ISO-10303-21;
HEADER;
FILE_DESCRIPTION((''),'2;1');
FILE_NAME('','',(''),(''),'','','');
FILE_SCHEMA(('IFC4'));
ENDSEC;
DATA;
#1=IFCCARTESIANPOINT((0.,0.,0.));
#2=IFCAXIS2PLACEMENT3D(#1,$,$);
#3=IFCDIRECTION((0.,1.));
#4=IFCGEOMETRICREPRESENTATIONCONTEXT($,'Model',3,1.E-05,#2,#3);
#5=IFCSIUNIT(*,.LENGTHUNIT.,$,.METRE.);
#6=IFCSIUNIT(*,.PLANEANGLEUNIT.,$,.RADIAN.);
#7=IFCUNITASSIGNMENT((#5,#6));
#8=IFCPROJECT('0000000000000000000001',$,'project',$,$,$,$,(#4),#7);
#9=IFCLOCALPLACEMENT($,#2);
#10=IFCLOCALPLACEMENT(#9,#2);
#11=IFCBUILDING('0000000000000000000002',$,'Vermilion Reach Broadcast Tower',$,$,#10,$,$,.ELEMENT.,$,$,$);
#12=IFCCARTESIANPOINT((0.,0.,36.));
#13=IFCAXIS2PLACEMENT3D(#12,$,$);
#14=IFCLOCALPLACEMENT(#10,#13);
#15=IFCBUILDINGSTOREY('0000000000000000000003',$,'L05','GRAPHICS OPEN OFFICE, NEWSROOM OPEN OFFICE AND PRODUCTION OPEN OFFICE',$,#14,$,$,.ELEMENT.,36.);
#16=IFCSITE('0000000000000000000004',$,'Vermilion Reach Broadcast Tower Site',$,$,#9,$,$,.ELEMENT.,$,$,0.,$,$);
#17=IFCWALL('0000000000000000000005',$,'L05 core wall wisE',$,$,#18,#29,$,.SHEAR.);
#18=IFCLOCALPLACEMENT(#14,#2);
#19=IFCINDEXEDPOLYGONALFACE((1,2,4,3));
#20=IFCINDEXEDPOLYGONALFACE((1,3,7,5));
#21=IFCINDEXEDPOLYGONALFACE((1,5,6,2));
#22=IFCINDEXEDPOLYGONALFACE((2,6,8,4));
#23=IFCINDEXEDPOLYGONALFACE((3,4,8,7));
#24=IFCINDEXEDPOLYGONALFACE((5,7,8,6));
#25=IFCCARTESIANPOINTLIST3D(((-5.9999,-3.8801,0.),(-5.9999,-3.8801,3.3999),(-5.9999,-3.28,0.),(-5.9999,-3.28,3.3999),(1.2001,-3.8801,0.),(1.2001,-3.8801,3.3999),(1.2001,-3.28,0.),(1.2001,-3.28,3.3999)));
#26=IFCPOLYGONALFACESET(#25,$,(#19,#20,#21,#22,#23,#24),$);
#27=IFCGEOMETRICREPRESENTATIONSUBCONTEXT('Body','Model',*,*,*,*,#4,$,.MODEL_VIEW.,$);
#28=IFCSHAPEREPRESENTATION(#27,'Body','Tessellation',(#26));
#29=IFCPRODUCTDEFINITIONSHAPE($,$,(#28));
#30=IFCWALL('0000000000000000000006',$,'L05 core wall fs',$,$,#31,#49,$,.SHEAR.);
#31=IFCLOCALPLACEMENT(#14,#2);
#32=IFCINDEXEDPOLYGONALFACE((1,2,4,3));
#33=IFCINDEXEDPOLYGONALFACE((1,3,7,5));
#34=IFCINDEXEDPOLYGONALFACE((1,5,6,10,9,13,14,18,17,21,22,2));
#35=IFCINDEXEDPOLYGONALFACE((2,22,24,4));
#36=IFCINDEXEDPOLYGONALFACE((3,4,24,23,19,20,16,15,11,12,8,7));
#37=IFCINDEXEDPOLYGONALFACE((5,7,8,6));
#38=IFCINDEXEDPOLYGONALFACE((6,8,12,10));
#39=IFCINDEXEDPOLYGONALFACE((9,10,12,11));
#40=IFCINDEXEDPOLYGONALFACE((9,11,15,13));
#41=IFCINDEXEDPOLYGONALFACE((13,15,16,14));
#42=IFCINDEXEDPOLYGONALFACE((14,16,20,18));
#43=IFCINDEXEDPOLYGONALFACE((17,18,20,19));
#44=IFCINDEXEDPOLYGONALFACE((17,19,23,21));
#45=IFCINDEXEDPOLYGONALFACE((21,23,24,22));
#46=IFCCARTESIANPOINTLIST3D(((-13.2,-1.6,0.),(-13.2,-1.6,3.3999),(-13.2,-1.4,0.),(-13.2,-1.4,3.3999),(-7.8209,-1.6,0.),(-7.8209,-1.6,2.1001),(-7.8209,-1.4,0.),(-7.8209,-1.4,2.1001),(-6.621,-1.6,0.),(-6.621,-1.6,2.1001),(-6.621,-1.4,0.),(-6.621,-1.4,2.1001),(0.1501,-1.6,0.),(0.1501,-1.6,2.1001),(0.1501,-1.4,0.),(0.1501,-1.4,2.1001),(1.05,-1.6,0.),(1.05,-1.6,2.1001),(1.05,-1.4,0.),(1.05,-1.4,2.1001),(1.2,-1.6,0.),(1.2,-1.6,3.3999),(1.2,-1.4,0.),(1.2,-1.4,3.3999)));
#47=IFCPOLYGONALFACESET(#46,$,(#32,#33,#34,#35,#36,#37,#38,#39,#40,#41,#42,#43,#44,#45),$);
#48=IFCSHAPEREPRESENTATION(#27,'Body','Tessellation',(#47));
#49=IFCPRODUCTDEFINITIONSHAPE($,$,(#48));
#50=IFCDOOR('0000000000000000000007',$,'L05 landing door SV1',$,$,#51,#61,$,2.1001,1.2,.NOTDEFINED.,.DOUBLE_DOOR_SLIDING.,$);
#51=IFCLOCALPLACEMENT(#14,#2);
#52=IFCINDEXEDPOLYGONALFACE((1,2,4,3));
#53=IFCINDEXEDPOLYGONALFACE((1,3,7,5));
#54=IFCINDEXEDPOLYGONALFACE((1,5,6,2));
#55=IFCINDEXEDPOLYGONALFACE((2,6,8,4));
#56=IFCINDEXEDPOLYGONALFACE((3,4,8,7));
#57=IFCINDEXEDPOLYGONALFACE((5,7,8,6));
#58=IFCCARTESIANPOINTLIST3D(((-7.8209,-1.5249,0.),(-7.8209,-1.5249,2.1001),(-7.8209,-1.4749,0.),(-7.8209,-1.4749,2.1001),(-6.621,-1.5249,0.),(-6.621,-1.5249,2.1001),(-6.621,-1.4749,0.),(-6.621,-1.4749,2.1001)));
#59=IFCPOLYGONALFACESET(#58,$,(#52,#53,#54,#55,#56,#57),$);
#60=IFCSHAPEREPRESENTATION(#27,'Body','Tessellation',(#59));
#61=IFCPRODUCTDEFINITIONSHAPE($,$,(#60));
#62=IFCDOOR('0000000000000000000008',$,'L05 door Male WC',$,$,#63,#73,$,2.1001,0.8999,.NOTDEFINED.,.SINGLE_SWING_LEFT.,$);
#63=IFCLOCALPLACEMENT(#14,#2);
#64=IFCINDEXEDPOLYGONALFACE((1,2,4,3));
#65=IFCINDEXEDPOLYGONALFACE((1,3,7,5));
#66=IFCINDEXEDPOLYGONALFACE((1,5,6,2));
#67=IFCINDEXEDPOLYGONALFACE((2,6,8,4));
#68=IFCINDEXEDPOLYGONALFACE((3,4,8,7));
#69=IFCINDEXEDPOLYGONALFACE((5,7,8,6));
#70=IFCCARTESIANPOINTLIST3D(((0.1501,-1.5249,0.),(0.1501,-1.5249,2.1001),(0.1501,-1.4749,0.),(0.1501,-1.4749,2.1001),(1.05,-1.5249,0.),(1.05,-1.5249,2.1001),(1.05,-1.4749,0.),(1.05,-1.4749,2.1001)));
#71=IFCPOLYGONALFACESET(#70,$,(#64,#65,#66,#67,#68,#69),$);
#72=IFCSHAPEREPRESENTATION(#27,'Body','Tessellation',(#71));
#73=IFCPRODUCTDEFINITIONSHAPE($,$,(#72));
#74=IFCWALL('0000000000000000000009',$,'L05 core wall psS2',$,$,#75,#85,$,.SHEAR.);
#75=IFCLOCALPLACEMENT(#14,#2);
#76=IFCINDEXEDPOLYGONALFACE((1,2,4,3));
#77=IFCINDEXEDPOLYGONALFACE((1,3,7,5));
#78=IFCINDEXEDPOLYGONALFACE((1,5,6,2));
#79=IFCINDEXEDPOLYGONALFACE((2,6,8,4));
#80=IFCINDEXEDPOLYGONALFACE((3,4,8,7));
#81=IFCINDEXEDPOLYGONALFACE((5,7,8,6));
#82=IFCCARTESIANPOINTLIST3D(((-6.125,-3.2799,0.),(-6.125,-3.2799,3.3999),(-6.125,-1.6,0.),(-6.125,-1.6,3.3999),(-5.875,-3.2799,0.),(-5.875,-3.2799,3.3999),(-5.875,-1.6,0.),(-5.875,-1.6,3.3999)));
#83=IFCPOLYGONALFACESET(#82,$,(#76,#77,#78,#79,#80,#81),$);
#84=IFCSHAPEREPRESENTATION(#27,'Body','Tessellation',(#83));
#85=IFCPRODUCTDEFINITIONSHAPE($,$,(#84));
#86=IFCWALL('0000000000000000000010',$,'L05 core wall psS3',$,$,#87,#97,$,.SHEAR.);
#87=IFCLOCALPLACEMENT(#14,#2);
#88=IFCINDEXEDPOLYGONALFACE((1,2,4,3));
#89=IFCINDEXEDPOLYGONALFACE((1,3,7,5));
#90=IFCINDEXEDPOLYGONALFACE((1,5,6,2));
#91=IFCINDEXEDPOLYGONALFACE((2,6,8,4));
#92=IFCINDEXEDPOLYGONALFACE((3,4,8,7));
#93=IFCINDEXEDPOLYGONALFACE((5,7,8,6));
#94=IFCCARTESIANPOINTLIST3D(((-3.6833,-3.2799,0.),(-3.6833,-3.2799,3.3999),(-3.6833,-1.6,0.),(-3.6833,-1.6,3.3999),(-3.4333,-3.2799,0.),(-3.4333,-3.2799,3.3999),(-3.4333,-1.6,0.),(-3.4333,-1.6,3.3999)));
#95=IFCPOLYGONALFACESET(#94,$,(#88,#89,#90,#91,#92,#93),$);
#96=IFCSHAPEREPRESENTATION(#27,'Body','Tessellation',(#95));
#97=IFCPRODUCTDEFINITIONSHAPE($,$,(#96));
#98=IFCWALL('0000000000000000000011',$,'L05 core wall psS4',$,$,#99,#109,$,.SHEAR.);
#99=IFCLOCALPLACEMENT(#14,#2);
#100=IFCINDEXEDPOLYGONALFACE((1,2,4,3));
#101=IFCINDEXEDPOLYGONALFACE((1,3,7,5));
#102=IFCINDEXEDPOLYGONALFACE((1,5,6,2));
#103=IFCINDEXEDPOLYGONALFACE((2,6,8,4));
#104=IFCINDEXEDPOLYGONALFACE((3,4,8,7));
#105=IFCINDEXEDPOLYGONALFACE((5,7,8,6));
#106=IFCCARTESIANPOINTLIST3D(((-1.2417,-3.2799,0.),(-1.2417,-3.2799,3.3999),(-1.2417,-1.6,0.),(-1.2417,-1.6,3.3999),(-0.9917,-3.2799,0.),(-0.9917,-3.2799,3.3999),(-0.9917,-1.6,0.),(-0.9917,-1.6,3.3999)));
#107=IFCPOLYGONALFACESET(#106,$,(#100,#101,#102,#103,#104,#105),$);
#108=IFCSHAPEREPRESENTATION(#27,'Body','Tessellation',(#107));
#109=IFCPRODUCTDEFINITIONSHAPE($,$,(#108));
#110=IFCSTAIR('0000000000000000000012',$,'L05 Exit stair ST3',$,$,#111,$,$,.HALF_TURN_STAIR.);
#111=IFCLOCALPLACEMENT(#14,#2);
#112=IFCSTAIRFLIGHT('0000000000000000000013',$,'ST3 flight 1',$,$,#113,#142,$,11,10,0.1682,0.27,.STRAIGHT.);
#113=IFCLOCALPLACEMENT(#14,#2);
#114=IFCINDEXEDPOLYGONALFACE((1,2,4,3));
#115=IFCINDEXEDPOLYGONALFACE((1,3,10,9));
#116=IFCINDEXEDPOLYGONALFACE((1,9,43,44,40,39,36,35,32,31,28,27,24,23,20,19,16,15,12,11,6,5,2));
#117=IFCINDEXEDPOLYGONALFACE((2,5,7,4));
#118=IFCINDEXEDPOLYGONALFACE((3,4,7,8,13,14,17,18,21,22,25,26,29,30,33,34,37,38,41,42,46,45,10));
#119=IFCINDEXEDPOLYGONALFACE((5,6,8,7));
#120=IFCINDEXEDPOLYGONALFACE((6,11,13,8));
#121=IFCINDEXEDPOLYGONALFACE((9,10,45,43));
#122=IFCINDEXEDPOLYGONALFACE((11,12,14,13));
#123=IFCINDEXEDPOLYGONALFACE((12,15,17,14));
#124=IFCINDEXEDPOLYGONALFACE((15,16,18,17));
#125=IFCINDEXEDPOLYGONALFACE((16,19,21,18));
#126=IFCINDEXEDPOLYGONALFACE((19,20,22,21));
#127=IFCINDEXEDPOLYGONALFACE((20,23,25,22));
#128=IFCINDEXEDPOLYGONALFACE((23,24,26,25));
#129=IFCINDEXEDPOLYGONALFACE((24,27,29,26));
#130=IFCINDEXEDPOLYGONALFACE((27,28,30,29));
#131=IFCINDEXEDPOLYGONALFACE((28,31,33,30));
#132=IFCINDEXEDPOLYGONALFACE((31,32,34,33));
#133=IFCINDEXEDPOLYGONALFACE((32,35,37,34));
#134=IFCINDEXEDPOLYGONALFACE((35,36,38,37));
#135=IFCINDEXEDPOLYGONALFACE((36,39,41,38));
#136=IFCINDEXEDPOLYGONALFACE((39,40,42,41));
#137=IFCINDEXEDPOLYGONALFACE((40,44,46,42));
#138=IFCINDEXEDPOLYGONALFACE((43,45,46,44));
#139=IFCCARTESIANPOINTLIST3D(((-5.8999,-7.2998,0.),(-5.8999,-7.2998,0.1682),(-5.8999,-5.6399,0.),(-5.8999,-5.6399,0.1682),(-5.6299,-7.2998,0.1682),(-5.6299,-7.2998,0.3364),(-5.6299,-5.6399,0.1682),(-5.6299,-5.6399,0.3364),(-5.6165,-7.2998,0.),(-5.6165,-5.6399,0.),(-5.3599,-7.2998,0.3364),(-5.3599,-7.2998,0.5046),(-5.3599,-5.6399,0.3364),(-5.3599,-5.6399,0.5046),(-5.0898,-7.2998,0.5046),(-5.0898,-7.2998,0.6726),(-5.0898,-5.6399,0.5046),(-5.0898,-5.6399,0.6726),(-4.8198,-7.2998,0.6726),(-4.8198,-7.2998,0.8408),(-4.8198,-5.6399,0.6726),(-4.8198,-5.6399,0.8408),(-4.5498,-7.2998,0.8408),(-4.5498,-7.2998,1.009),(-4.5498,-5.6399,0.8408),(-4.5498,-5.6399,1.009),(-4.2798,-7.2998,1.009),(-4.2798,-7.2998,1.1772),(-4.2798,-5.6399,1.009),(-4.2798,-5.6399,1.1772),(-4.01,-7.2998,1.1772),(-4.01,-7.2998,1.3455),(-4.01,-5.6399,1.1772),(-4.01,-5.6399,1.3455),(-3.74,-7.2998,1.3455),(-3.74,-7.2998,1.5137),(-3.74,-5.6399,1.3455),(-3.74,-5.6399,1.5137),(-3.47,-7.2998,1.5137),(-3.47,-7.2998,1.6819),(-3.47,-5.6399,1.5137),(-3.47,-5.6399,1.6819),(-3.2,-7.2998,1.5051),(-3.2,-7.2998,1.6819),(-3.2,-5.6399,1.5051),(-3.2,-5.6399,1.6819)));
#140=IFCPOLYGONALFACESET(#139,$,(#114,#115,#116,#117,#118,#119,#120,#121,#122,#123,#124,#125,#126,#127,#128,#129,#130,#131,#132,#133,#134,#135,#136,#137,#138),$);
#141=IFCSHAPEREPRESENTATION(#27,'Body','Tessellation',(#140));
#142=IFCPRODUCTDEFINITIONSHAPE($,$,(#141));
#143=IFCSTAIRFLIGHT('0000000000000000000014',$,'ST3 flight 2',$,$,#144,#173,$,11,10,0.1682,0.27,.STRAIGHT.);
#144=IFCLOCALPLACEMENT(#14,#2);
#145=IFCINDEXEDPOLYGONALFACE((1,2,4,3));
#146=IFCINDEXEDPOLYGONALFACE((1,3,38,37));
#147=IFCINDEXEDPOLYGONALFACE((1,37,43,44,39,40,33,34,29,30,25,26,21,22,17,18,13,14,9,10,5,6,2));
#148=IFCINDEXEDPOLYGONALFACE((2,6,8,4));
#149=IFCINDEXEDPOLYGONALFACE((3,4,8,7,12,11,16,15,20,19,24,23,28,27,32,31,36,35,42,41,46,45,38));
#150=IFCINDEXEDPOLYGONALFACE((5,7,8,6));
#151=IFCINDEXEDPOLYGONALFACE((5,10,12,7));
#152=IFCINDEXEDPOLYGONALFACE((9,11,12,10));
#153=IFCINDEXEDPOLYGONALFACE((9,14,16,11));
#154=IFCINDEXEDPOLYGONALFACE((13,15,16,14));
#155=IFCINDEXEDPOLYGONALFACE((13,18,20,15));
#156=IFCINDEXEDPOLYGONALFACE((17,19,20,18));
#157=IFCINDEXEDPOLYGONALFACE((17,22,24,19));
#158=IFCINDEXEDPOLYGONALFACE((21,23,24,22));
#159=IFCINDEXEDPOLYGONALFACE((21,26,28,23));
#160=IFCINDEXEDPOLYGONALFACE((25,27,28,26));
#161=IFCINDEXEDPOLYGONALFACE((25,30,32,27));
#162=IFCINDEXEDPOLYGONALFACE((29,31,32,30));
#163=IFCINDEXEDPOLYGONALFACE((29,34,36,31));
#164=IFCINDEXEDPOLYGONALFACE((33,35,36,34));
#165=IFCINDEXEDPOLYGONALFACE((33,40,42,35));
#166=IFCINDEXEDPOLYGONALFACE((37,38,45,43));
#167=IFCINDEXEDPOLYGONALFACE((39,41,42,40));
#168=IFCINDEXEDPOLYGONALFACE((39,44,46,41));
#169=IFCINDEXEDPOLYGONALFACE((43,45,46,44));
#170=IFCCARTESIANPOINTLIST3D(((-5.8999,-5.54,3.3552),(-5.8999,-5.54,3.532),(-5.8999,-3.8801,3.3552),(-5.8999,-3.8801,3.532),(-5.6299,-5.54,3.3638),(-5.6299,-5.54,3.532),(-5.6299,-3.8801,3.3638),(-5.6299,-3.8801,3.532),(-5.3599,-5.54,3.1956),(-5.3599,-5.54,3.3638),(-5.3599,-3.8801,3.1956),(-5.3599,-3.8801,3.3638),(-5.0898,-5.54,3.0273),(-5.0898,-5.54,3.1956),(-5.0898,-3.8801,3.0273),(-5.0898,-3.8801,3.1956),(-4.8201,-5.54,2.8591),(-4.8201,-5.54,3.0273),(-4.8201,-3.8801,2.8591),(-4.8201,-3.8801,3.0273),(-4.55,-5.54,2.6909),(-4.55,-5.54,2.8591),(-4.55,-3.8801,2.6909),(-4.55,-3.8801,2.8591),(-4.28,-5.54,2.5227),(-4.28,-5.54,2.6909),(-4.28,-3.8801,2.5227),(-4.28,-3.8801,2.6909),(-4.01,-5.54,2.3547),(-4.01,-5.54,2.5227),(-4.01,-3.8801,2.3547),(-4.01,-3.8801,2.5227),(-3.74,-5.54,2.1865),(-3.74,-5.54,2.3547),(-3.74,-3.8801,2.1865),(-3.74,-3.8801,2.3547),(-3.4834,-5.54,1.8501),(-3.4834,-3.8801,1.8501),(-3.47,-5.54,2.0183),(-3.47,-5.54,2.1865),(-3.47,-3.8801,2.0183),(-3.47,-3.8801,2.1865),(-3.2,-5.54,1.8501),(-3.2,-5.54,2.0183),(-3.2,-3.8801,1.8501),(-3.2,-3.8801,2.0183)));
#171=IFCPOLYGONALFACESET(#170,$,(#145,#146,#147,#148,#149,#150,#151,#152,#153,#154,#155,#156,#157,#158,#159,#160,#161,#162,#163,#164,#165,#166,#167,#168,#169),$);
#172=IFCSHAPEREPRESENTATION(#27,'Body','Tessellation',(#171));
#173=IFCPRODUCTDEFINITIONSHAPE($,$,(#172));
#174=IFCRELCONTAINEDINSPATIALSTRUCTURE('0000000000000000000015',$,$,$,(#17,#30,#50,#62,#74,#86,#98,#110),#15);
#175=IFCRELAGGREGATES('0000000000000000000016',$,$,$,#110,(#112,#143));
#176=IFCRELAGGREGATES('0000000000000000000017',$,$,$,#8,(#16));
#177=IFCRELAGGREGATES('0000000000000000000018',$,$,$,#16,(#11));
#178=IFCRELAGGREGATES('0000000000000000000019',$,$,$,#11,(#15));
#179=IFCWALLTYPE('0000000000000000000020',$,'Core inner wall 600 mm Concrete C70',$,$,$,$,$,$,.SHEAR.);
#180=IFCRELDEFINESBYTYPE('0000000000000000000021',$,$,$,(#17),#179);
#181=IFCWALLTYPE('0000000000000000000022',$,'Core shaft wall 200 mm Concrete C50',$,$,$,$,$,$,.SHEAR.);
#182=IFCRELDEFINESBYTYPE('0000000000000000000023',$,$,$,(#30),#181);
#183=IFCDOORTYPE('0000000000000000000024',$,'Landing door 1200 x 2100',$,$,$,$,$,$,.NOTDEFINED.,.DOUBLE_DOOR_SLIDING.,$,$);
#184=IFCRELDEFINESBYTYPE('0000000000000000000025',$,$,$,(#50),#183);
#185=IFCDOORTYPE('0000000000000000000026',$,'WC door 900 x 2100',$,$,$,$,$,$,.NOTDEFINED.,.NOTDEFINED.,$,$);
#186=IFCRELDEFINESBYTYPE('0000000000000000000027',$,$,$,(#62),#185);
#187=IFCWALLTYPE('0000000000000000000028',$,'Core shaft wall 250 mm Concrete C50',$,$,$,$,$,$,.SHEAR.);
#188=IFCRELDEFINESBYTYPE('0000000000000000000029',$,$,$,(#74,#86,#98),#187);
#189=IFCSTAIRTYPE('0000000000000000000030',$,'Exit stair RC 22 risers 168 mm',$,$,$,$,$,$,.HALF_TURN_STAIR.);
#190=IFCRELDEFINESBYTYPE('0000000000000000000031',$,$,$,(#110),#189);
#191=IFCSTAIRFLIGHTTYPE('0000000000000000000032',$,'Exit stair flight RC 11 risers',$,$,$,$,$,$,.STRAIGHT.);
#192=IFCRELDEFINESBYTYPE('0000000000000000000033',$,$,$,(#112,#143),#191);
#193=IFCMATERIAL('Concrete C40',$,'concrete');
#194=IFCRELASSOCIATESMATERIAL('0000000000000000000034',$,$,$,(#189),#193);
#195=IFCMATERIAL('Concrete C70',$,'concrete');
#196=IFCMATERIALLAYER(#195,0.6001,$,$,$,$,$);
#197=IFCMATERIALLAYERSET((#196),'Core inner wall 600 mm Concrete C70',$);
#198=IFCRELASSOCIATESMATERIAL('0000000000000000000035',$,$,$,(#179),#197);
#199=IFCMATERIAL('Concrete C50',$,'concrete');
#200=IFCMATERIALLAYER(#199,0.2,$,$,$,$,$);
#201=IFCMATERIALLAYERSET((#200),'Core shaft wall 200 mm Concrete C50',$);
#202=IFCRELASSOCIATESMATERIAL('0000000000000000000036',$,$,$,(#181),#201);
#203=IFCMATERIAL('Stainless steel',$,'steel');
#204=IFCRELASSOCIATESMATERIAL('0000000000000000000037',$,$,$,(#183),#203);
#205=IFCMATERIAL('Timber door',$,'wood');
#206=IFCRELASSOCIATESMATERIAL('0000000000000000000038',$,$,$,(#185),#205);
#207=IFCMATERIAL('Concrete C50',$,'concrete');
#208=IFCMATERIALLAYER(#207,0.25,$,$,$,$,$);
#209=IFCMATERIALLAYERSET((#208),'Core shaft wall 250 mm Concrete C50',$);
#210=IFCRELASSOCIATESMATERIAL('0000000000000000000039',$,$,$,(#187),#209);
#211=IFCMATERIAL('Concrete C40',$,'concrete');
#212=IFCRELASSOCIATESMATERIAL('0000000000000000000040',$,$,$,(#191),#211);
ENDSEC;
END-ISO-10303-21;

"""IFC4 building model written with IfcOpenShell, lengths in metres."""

from ifc_helpers import new_model, si_unit, direction, frame, frame_2d, origin, place, context, subcontext, project, spatial, polyline, rectangle, outline, extrude, material, layer, layer_set, type_object, element, fill, aggregate, save


model = new_model("IFC4")

# Units and contexts
model_context = context("Model", 3, precision=1e-05, world=origin(), true_north=direction((0.0, 1.0)))
body_context = subcontext(model_context, "Body", "Model", "MODEL_VIEW")
ifc_project = project(units=[si_unit("LENGTHUNIT", "METRE"), si_unit("PLANEANGLEUNIT", "RADIAN")], contexts=[model_context])

# Site, building, storey
site_placement = place(None, origin())
site = spatial("IfcSite", under=ifc_project, at=site_placement, Name="Vermilion Reach Broadcast Tower Site", CompositionType="ELEMENT", RefElevation=0.0)
building_placement = place(site_placement, origin())
building = spatial("IfcBuilding", under=site, at=building_placement, Name="Vermilion Reach Broadcast Tower", CompositionType="ELEMENT")
storey_placement = place(building_placement, frame((0.0, 0.0, 36.0)))
storey = spatial("IfcBuildingStorey", under=building, at=storey_placement, Name="L05", Description="GRAPHICS OPEN OFFICE, NEWSROOM OPEN OFFICE AND PRODUCTION OPEN OFFICE", CompositionType="ELEMENT", Elevation=36.0)

# Shared definitions
ifc_material_1 = material(Name="Concrete C40", Category="concrete")
stair_type = type_object("IfcStairType", Name="Exit stair RC 22 risers 168 mm", PredefinedType="HALF_TURN_STAIR", material=ifc_material_1)
placement_1 = place(storey_placement, origin())

# Wall
ifc_material_2 = material(Name="Concrete C70", Category="concrete")
ifc_layer_1 = layer(ifc_material_2, 0.6001)
ifc_layer_set_1 = layer_set([ifc_layer_1], Name="Core inner wall 600 mm Concrete C70")
wall_type_1 = type_object("IfcWallType", Name="Core inner wall 600 mm Concrete C70", PredefinedType="SHEAR", material=ifc_layer_set_1)
wall_1_placement = place(storey_placement, frame((-6.0, -3.5801, 0.0), z_axis=(0.0, 0.0, 1.0), x_axis=(1.0, 0.0, 0.0)))
element("IfcWall", 1, at=wall_1_placement, inside=storey, type_object=wall_type_1, Name="L05 core wall wisE", PredefinedType="SHEAR", context=body_context, shape_type="SweptSolid", body=[
    extrude(rectangle(XDim=7.2, YDim=0.6001, at=frame_2d((3.6001, 0.0))), origin(), (0.0, 0.0, 1.0), 3.3999),
])

# Wall, openings, doors
ifc_material_3 = material(Name="Concrete C50", Category="concrete")
ifc_layer_2 = layer(ifc_material_3, 0.2)
ifc_layer_set_2 = layer_set([ifc_layer_2], Name="Core shaft wall 200 mm Concrete C50")
wall_type_2 = type_object("IfcWallType", Name="Core shaft wall 200 mm Concrete C50", PredefinedType="SHEAR", material=ifc_layer_set_2)
wall_2_placement = place(storey_placement, frame((1.2, -1.5, 0.0), z_axis=(0.0, 0.0, 1.0), x_axis=(-1.0, 0.0, 0.0)))
wall_2 = element("IfcWall", 2, at=wall_2_placement, inside=storey, type_object=wall_type_2, Name="L05 core wall fs", PredefinedType="SHEAR", context=body_context, shape_type="SweptSolid", body=[
    extrude(rectangle(XDim=14.3999, YDim=0.2, at=frame_2d((7.2, 0.0))), origin(), (0.0, 0.0, 1.0), 3.3999),
])
opening_1_placement = place(wall_2_placement, frame((7.8208, 0.0, 0.0)))
opening_1 = element("IfcOpeningElement", 3, at=opening_1_placement, cuts=wall_2, PredefinedType="OPENING", context=body_context, shape_type="SweptSolid", body=[
    extrude(rectangle(XDim=1.2, YDim=2.1001, at=frame_2d((0.6001, 1.05))), frame((0.0, 0.1099, 0.0), z_axis=(0.0, -1.0, 0.0), x_axis=(1.0, 0.0, 0.0)), (0.0, 0.0, 1.0), 0.22),
])
opening_2_placement = place(wall_2_placement, frame((0.1499, 0.0, 0.0)))
opening_2 = element("IfcOpeningElement", 4, at=opening_2_placement, cuts=wall_2, PredefinedType="OPENING", context=body_context, shape_type="SweptSolid", body=[
    extrude(rectangle(XDim=0.8999, YDim=2.1001, at=frame_2d((0.45, 1.05))), frame((0.0, 0.1099, 0.0), z_axis=(0.0, -1.0, 0.0), x_axis=(1.0, 0.0, 0.0)), (0.0, 0.0, 1.0), 0.22),
])
ifc_material_4 = material(Name="Stainless steel", Category="steel")
door_type_1 = type_object("IfcDoorType", Name="Landing door 1200 x 2100", OperationType="DOUBLE_DOOR_SLIDING", PredefinedType="NOTDEFINED", material=ifc_material_4)
door_1_placement = place(opening_1_placement, origin())
door_1 = element("IfcDoor", 5, at=door_1_placement, inside=storey, type_object=door_type_1, Name="L05 landing door SV1", OperationType="DOUBLE_DOOR_SLIDING", OverallHeight=2.1001, OverallWidth=1.2, PredefinedType="NOTDEFINED", context=body_context, shape_type="SweptSolid", body=[
    extrude(rectangle(XDim=1.2, YDim=2.1001, at=frame_2d((0.6001, 1.05))), frame((0.0, 0.0249, 0.0), z_axis=(0.0, -1.0, 0.0), x_axis=(1.0, 0.0, 0.0)), (0.0, 0.0, 1.0), 0.05),
])
fill(opening_1, door_1)
ifc_material_5 = material(Name="Timber door", Category="wood")
door_type_2 = type_object("IfcDoorType", Name="WC door 900 x 2100", OperationType="NOTDEFINED", PredefinedType="NOTDEFINED", material=ifc_material_5)
door_2_placement = place(opening_2_placement, origin())
door_2 = element("IfcDoor", 6, at=door_2_placement, inside=storey, type_object=door_type_2, Name="L05 door Male WC", OperationType="SINGLE_SWING_LEFT", OverallHeight=2.1001, OverallWidth=0.8999, PredefinedType="NOTDEFINED", context=body_context, shape_type="SweptSolid", body=[
    extrude(rectangle(XDim=0.8999, YDim=2.1001, at=frame_2d((0.45, 1.05))), frame((0.0, 0.0249, 0.0), z_axis=(0.0, -1.0, 0.0), x_axis=(1.0, 0.0, 0.0)), (0.0, 0.0, 1.0), 0.05),
])
fill(opening_2, door_2)

# Walls
ifc_material_6 = material(Name="Concrete C50", Category="concrete")
ifc_layer_3 = layer(ifc_material_6, 0.25)
ifc_layer_set_3 = layer_set([ifc_layer_3], Name="Core shaft wall 250 mm Concrete C50")
wall_type_3 = type_object("IfcWallType", Name="Core shaft wall 250 mm Concrete C50", PredefinedType="SHEAR", material=ifc_layer_set_3)
for number, where, z_axis, x_axis, name in (
    (7, (-6.0, -1.6001, 0.0), (0.0, 0.0, 1.0), (0.0, -1.0, 0.0), "L05 core wall psS2"),
    (8, (-3.5583, -1.6001, 0.0), (0.0, 0.0, 1.0), (0.0, -1.0, 0.0), "L05 core wall psS3"),
    (9, (-1.1167, -1.6001, 0.0), (0.0, 0.0, 1.0), (0.0, -1.0, 0.0), "L05 core wall psS4"),
):
    element("IfcWall", number, at=place(storey_placement, frame(where, z_axis=z_axis, x_axis=x_axis)), inside=storey, type_object=wall_type_3, Name=name, PredefinedType="SHEAR", context=body_context, shape_type="SweptSolid", body=[
        extrude(rectangle(XDim=1.6799, YDim=0.25, at=frame_2d((0.8398, 0.0))), origin(), (0.0, 0.0, 1.0), 3.3999),
    ])

# Stair, stair flights
stair_1 = element("IfcStair", 10, at=placement_1, inside=storey, type_object=stair_type, Name="L05 Exit stair ST3", PredefinedType="HALF_TURN_STAIR")
ifc_material_7 = material(Name="Concrete C40", Category="concrete")
stair_flight_type = type_object("IfcStairFlightType", Name="Exit stair flight RC 11 risers", PredefinedType="STRAIGHT", material=ifc_material_7)
stair_flight_1_placement = place(storey_placement, frame((-5.8999, -6.47, 0.0), z_axis=(0.0, 0.0, 1.0), x_axis=(1.0, 0.0, 0.0)))
stair_flight_1 = element("IfcStairFlight", 11, at=stair_flight_1_placement, type_object=stair_flight_type, Name="ST3 flight 1", NumberOfRisers=11, NumberOfTreads=10, PredefinedType="STRAIGHT", RiserHeight=0.1682, TreadLength=0.27, context=body_context, shape_type="SweptSolid", body=[
    extrude(outline(polyline([(0.0, 0.0), (0.0, 0.1682), (0.27, 0.1682), (0.27, 0.3364), (0.54, 0.3364), (0.54, 0.5046), (0.8101, 0.5046), (0.8101, 0.6726), (1.0801, 0.6726), (1.0801, 0.8408), (1.3501, 0.8408), (1.3501, 1.009), (1.6201, 1.009), (1.6201, 1.1772), (1.8899, 1.1772), (1.8899, 1.3455), (2.1599, 1.3455), (2.1599, 1.5137), (2.4299, 1.5137), (2.4299, 1.6819), (2.7, 1.6819), (2.7, 1.8501), (2.7, 1.5051), (0.2834, 0.0), (0.0, 0.0)])), frame((0.0, 0.8301, 0.0), z_axis=(0.0, -1.0, 0.0), x_axis=(1.0, 0.0, 0.0)), (0.0, 0.0, 1.0), 1.6599),
])
stair_flight_2_placement = place(storey_placement, frame((-3.2, -4.71, 1.8501), z_axis=(0.0, 0.0, 1.0), x_axis=(-1.0, 0.0, 0.0)))
stair_flight_2 = element("IfcStairFlight", 12, at=stair_flight_2_placement, type_object=stair_flight_type, Name="ST3 flight 2", NumberOfRisers=11, NumberOfTreads=10, PredefinedType="STRAIGHT", RiserHeight=0.1682, TreadLength=0.27, context=body_context, shape_type="SweptSolid", body=[
    extrude(outline(polyline([(0.0, 0.0), (0.0, 0.1682), (0.27, 0.1682), (0.27, 0.3364), (0.54, 0.3364), (0.54, 0.5046), (0.8101, 0.5046), (0.8101, 0.6726), (1.0801, 0.6726), (1.0801, 0.8408), (1.3501, 0.8408), (1.3501, 1.009), (1.6201, 1.009), (1.6201, 1.1772), (1.8899, 1.1772), (1.8899, 1.3455), (2.1599, 1.3455), (2.1599, 1.5137), (2.4299, 1.5137), (2.4299, 1.6819), (2.7, 1.6819), (2.7, 1.8501), (2.7, 1.5051), (0.2834, 0.0), (0.0, 0.0)])), frame((0.0, 0.8301, 0.0), z_axis=(0.0, -1.0, 0.0), x_axis=(1.0, 0.0, 0.0)), (0.0, 0.0, 1.0), 1.6599),
])
aggregate(stair_1, [stair_flight_1, stair_flight_2])

save(model, "model.ifc")
